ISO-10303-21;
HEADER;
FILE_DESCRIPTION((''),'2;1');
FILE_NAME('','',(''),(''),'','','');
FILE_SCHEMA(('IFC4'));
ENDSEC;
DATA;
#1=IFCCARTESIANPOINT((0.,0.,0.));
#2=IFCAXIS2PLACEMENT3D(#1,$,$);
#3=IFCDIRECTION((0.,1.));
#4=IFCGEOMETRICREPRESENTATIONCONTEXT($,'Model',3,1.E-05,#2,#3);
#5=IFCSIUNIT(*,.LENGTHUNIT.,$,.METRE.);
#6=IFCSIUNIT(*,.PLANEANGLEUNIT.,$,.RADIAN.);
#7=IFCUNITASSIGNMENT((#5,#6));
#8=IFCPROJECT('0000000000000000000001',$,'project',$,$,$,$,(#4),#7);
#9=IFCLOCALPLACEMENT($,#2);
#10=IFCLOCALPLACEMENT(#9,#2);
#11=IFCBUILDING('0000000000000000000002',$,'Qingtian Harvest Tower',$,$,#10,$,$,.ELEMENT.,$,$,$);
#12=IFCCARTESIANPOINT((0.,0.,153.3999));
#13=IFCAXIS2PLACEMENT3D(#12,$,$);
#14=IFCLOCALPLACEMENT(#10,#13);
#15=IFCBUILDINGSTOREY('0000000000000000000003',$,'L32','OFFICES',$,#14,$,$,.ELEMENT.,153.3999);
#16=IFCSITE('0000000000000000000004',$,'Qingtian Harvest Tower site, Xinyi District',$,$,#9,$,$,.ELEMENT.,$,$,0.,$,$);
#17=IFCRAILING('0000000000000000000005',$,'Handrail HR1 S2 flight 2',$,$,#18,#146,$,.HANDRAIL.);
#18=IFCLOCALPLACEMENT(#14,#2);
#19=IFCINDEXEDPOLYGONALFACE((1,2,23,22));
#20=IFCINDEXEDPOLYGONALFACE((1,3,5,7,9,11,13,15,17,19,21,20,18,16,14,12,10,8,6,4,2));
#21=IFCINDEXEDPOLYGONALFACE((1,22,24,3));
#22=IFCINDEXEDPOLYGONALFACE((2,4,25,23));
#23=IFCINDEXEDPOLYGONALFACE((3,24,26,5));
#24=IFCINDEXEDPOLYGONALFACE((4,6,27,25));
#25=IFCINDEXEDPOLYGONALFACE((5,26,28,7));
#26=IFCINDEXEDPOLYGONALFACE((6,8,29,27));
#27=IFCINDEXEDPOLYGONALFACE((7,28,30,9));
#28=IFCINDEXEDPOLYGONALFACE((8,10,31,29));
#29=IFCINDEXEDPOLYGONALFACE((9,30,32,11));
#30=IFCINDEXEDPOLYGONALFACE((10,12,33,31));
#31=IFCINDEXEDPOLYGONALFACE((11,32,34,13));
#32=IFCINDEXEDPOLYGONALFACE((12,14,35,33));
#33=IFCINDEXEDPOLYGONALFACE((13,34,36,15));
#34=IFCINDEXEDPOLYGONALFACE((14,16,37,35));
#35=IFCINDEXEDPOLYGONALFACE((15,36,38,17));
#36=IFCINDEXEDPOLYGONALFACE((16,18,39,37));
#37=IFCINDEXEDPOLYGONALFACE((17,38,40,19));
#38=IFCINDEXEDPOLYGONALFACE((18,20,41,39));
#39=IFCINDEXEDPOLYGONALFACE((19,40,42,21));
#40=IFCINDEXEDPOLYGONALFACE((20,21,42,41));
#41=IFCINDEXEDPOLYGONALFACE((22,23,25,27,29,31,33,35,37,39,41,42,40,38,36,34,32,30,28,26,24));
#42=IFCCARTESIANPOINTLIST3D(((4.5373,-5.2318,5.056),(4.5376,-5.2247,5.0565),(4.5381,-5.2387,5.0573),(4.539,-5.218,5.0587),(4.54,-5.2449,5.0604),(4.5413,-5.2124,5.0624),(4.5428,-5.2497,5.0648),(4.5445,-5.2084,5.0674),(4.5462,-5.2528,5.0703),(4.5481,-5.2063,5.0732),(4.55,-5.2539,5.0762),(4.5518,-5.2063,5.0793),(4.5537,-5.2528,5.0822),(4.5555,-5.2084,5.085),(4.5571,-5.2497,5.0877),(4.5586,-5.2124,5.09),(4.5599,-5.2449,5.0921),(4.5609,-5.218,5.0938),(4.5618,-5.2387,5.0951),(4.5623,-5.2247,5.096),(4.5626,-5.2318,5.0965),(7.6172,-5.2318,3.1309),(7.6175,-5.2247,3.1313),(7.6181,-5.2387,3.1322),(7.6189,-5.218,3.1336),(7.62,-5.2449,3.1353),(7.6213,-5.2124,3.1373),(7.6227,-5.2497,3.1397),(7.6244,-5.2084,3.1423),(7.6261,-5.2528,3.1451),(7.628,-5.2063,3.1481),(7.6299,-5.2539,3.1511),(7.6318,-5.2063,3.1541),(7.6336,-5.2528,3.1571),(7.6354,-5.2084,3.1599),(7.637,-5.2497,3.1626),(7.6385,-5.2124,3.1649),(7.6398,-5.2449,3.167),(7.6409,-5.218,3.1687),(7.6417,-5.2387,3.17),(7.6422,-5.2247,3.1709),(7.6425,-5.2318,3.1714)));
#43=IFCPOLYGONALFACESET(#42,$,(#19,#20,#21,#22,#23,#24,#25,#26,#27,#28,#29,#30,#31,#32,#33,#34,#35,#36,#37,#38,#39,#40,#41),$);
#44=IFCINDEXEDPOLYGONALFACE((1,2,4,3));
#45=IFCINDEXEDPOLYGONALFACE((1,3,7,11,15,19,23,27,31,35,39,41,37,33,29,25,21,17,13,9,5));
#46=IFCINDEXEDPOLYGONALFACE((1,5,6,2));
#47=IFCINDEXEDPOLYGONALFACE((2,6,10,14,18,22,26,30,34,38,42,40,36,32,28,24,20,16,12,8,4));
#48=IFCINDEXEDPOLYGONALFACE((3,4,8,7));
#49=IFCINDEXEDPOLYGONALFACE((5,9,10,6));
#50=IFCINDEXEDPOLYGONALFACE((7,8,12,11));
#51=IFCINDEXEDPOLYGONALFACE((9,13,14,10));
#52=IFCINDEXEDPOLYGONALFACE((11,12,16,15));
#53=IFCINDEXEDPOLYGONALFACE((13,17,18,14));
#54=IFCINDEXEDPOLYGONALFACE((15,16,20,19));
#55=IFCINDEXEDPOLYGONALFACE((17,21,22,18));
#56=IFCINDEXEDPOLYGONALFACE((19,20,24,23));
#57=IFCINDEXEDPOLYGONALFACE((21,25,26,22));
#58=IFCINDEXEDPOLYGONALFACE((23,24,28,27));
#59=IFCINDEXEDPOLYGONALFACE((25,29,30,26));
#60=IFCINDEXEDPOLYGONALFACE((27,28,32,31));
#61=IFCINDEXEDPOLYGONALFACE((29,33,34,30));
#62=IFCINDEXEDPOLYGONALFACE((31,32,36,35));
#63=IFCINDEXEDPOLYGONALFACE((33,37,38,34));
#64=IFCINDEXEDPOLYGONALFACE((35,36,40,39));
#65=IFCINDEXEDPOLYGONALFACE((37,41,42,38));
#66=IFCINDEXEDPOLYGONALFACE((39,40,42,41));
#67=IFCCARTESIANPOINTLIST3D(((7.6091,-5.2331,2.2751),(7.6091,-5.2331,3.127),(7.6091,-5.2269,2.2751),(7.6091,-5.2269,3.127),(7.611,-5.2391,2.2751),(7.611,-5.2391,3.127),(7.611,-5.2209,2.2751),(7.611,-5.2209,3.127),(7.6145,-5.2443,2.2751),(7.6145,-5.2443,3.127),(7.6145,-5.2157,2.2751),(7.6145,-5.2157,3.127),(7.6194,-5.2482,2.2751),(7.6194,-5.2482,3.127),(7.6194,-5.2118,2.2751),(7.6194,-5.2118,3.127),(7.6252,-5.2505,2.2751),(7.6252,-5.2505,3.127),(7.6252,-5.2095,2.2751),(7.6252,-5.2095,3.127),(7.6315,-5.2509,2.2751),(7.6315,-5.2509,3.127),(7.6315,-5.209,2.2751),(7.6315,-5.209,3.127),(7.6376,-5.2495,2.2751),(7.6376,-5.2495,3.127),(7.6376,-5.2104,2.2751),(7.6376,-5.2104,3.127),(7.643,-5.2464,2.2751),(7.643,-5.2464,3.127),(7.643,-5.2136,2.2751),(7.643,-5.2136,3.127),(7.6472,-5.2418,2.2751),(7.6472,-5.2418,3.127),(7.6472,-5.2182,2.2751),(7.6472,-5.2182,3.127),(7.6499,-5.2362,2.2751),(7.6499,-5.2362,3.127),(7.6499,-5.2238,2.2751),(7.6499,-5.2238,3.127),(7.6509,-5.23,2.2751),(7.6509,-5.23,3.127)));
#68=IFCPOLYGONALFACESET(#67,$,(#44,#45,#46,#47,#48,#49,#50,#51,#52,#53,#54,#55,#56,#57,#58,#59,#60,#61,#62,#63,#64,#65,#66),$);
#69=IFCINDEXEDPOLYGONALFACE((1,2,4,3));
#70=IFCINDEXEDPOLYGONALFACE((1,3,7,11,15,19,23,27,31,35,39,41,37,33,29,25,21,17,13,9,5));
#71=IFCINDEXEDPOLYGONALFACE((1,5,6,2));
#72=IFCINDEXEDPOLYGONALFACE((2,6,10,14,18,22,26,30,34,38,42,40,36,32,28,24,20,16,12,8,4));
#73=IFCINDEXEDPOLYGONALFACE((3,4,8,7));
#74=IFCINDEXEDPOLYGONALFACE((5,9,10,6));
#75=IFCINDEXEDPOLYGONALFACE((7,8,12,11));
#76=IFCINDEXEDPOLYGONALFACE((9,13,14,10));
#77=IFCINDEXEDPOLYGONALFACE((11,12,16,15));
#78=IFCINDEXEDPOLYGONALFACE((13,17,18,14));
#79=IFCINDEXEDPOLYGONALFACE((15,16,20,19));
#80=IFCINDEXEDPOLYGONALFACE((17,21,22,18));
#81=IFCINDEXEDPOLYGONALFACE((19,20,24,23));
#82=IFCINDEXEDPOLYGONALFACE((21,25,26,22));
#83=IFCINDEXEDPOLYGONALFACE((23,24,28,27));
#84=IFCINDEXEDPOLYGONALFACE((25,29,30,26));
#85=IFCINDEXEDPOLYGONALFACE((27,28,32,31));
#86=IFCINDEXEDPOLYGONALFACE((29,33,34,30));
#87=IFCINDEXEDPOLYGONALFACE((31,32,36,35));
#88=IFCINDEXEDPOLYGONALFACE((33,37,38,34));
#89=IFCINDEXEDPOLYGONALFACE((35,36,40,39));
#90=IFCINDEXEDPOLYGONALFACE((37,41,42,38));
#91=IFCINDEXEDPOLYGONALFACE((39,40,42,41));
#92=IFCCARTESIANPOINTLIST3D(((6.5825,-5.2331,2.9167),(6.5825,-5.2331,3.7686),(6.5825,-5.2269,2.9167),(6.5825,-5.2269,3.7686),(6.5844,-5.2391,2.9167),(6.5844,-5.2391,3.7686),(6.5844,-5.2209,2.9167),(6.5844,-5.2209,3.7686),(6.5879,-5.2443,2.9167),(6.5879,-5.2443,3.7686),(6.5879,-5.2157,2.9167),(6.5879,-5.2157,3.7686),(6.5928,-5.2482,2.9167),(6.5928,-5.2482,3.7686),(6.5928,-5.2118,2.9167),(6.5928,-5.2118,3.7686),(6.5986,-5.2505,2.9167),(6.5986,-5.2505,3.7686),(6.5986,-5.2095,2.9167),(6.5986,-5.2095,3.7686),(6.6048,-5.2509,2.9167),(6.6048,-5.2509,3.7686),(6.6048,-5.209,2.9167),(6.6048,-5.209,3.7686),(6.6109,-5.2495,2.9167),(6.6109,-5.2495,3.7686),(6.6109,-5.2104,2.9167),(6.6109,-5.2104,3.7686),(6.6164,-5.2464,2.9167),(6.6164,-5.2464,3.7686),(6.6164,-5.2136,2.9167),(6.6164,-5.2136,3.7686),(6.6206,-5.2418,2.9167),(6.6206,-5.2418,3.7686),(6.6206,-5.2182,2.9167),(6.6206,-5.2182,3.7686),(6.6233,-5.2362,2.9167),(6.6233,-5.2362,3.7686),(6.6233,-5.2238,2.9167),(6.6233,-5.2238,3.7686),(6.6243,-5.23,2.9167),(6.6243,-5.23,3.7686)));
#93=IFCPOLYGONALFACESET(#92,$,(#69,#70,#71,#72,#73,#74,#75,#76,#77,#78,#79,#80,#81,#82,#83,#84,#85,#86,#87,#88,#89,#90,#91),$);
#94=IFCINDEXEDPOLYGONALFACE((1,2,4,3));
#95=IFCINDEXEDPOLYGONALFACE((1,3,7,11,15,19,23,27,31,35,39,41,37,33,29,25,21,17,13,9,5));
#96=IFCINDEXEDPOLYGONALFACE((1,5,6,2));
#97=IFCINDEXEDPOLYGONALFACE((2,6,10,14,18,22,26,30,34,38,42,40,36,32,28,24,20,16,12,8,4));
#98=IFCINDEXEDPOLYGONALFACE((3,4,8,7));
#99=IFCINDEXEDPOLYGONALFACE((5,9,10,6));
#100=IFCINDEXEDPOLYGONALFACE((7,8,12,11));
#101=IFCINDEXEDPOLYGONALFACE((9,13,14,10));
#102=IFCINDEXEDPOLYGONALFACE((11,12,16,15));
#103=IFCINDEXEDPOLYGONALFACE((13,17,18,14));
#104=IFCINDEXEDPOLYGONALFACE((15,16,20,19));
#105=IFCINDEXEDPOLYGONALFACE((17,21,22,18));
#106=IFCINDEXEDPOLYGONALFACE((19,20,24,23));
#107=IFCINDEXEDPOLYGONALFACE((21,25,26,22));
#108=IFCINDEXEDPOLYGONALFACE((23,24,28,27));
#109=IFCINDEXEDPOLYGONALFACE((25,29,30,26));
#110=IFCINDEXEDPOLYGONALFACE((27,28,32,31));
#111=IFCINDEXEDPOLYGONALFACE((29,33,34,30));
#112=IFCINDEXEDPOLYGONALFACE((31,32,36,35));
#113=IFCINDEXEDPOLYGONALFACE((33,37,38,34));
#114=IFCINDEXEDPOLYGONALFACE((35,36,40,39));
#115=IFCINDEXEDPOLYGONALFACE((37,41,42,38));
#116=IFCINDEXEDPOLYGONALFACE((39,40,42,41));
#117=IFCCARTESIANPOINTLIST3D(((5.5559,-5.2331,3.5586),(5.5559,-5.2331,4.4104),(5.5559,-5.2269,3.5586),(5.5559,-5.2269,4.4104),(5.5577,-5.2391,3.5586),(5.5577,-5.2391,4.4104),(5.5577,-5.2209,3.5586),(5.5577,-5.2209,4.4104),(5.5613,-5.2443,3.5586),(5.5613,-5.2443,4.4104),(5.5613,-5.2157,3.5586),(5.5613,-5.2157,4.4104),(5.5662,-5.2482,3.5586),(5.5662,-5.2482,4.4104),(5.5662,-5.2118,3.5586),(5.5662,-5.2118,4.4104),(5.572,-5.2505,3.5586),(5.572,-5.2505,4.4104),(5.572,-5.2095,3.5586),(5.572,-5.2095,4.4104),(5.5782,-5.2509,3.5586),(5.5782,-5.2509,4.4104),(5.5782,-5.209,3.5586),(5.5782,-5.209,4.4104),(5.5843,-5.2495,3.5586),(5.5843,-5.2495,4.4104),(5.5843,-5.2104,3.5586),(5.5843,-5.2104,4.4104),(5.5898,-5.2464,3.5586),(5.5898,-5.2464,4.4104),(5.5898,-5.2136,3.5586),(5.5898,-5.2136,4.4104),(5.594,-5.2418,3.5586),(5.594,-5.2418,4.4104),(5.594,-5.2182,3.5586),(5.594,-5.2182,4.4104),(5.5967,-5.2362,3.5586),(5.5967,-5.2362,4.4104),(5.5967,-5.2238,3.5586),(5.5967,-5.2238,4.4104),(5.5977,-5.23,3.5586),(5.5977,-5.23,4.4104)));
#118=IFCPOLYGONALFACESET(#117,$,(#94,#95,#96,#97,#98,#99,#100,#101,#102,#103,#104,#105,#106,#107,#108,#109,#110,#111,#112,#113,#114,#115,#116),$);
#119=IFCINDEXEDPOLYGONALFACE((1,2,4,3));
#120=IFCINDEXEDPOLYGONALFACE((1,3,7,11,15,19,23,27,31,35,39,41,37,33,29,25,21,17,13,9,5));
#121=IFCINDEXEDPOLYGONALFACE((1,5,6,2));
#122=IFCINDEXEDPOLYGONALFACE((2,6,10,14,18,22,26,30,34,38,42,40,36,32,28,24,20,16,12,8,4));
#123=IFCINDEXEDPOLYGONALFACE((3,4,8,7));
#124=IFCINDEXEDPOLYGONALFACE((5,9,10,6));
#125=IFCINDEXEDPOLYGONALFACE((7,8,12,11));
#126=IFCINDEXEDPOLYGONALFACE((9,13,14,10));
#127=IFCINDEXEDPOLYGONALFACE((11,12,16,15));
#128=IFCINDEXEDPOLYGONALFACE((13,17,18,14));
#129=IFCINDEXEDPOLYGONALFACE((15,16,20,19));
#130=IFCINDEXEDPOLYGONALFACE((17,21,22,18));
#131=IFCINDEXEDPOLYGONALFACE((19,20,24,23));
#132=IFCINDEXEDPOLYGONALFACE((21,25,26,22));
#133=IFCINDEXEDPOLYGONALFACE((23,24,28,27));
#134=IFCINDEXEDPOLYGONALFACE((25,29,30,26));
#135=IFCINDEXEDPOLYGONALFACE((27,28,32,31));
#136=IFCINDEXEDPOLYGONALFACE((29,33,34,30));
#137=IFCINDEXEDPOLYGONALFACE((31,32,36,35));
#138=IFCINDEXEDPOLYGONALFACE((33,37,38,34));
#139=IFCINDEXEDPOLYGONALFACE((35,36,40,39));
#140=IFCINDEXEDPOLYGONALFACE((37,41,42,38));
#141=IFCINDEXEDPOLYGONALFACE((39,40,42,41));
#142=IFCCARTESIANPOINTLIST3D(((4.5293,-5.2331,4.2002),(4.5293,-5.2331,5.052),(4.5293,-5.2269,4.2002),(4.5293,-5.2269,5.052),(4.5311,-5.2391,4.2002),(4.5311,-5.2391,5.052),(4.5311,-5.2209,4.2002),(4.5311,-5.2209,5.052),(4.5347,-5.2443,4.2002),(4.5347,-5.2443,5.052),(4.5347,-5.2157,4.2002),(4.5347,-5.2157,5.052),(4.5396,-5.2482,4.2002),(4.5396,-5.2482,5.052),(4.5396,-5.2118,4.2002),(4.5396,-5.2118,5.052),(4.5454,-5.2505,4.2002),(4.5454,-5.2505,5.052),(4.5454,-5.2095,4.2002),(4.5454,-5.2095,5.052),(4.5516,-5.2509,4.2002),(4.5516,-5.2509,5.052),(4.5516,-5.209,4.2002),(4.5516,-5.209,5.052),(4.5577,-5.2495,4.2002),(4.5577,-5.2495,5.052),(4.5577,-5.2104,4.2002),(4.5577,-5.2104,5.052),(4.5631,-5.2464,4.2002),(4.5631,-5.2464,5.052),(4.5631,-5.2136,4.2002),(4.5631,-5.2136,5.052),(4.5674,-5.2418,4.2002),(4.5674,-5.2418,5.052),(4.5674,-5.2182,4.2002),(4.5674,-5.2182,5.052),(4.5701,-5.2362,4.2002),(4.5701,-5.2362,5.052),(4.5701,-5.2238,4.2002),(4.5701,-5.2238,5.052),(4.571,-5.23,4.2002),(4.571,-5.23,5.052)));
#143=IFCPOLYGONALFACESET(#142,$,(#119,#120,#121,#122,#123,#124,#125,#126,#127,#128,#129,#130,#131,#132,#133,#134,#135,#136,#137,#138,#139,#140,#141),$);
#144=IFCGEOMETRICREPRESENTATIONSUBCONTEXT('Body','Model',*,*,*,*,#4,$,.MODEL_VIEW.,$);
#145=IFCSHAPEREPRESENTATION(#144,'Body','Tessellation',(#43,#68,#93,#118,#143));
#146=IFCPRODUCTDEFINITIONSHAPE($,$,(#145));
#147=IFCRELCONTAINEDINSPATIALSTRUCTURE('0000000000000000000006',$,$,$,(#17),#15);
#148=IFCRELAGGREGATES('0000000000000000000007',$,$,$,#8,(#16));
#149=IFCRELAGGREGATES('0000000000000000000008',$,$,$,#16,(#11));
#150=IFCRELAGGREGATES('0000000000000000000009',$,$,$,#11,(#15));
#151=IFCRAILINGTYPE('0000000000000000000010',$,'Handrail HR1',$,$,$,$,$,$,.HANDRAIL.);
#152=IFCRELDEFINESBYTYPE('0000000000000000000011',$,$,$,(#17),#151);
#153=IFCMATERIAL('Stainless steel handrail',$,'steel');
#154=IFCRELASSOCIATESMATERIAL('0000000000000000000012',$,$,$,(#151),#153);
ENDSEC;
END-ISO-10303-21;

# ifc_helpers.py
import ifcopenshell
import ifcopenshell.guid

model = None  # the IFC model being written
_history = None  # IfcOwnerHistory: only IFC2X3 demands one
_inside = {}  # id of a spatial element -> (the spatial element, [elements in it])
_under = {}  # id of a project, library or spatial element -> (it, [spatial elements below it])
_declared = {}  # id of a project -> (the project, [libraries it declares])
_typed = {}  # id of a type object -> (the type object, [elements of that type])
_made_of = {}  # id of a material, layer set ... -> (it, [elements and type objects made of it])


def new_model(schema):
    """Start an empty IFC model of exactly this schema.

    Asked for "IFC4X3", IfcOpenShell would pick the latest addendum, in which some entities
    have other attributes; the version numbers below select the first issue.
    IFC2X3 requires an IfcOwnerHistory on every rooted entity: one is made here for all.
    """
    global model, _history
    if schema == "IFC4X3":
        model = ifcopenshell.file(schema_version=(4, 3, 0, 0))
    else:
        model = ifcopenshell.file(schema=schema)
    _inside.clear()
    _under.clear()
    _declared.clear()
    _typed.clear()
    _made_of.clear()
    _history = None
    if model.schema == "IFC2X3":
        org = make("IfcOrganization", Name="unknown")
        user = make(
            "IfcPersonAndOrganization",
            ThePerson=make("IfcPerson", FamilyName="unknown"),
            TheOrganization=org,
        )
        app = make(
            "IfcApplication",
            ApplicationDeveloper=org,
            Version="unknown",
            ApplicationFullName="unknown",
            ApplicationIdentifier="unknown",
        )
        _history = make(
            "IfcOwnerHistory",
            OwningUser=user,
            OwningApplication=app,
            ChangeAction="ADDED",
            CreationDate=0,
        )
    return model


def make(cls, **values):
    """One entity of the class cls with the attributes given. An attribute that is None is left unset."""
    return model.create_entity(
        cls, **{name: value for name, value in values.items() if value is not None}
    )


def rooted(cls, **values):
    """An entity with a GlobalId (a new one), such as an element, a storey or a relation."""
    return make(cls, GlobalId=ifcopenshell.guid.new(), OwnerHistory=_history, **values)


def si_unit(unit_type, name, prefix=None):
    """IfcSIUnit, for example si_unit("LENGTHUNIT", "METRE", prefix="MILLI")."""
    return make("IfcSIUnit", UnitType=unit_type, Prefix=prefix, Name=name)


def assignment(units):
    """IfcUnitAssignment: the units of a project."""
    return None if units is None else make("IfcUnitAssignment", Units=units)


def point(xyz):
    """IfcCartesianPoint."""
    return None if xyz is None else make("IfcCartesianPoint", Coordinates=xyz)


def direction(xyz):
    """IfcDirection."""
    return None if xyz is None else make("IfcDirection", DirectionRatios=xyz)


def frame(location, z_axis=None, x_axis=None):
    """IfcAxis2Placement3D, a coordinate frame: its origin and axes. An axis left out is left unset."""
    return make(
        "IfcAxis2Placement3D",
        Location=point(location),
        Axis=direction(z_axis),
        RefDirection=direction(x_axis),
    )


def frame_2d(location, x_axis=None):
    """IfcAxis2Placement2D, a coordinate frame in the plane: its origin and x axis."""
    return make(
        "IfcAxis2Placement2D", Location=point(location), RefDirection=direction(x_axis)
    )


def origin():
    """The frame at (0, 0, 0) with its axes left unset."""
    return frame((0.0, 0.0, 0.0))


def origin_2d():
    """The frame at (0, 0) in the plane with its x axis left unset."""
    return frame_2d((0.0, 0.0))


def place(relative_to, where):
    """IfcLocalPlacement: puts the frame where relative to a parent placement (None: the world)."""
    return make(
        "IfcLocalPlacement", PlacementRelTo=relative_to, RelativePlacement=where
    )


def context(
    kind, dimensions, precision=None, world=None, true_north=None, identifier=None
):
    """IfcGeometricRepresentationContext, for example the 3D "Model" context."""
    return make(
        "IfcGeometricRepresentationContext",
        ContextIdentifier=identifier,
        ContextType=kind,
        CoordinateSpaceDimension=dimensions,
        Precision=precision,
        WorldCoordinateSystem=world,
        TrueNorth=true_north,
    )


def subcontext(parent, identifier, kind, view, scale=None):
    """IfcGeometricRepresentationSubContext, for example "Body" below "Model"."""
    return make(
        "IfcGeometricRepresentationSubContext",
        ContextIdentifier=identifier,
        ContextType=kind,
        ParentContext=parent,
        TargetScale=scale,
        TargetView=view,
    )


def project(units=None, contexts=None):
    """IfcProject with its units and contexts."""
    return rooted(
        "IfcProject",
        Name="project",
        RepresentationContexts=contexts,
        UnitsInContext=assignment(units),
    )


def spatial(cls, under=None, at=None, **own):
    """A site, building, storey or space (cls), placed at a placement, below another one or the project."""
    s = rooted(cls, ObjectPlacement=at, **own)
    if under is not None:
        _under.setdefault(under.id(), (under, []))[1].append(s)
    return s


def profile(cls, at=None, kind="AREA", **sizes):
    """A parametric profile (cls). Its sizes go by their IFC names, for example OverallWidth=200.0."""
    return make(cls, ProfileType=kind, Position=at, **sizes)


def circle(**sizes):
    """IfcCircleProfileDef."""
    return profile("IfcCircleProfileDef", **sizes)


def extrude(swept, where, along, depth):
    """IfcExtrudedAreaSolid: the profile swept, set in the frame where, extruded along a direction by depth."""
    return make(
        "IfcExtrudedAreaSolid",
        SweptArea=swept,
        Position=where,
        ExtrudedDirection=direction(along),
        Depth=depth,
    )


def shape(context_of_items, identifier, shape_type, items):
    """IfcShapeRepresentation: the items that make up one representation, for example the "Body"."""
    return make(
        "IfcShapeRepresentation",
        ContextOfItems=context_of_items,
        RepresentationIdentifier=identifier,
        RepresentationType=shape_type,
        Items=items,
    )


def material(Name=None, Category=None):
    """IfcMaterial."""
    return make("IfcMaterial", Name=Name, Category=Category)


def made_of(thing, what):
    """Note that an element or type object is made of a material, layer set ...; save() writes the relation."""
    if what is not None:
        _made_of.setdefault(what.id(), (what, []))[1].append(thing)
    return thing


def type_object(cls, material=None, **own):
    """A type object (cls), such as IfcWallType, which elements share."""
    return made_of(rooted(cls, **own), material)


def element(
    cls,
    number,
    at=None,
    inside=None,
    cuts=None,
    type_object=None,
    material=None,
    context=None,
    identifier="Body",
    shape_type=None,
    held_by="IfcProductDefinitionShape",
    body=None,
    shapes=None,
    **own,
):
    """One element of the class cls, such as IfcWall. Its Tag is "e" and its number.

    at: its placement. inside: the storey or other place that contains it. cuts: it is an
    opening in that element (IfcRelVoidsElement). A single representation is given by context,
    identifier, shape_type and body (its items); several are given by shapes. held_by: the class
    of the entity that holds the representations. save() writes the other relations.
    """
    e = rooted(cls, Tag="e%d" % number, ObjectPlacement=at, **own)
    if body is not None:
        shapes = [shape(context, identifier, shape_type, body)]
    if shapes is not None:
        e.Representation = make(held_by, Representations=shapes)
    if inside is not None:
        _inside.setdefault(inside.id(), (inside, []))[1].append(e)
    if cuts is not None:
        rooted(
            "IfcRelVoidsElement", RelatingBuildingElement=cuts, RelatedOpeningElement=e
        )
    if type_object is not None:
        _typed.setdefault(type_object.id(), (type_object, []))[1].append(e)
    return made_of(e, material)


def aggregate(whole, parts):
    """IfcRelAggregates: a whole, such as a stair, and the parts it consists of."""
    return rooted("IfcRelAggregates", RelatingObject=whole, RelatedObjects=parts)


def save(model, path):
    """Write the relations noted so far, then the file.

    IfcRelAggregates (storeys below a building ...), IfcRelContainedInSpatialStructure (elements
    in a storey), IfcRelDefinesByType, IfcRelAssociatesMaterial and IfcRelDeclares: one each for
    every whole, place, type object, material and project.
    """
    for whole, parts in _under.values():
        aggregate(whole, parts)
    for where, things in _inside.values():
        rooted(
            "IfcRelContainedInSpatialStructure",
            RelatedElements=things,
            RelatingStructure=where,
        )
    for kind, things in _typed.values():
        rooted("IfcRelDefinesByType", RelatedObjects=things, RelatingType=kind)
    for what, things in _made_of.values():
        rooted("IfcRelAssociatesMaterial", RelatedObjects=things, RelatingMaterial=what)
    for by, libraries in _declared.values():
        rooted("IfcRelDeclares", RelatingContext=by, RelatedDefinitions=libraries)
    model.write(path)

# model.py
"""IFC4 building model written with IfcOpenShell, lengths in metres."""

from ifc_helpers import new_model, si_unit, direction, frame, origin, origin_2d, place, context, subcontext, project, spatial, circle, extrude, material, type_object, element, save


model = new_model("IFC4")

# Units and contexts
model_context = context("Model", 3, precision=1e-05, world=origin(), true_north=direction((0.0, 1.0)))
body_context = subcontext(model_context, "Body", "Model", "MODEL_VIEW")
ifc_project = project(units=[si_unit("LENGTHUNIT", "METRE"), si_unit("PLANEANGLEUNIT", "RADIAN")], contexts=[model_context])

# Site, building, storey
site_placement = place(None, origin())
site = spatial("IfcSite", under=ifc_project, at=site_placement, Name="Qingtian Harvest Tower site, Xinyi District", CompositionType="ELEMENT", RefElevation=0.0)
building_placement = place(site_placement, origin())
building = spatial("IfcBuilding", under=site, at=building_placement, Name="Qingtian Harvest Tower", CompositionType="ELEMENT")
storey_placement = place(building_placement, frame((0.0, 0.0, 153.3999)))
storey = spatial("IfcBuildingStorey", under=building, at=storey_placement, Name="L32", Description="OFFICES", CompositionType="ELEMENT", Elevation=153.3999)

# Railing
ifc_material_1 = material(Name="Stainless steel handrail", Category="steel")
railing_type = type_object("IfcRailingType", Name="Handrail HR1", PredefinedType="HANDRAIL", material=ifc_material_1)
railing_1_placement = place(storey_placement, frame((7.6299, -5.23, 2.2751)))
element("IfcRailing", 1, at=railing_1_placement, inside=storey, type_object=railing_type, Name="Handrail HR1 S2 flight 2", PredefinedType="HANDRAIL", context=body_context, shape_type="SweptSolid", body=[
    extrude(circle(Radius=0.0239, at=origin_2d()), frame((0.0, 0.0, 0.876), z_axis=(-0.847979, 0.0, 0.530029), x_axis=(0.0, -1.0, 0.0)), (0.0, 0.0, 1.0), 3.6321),
    extrude(circle(Radius=0.021, at=origin_2d()), origin(), (0.0, 0.0, 1.0), 0.8518),
    extrude(circle(Radius=0.021, at=origin_2d()), frame((-1.0266, 0.0, 0.6416)), (0.0, 0.0, 1.0), 0.8518),
    extrude(circle(Radius=0.021, at=origin_2d()), frame((-2.0532, 0.0, 1.2834)), (0.0, 0.0, 1.0), 0.8518),
    extrude(circle(Radius=0.021, at=origin_2d()), frame((-3.0798, 0.0, 1.925)), (0.0, 0.0, 1.0), 0.8518),
])

save(model, "model.ifc")
